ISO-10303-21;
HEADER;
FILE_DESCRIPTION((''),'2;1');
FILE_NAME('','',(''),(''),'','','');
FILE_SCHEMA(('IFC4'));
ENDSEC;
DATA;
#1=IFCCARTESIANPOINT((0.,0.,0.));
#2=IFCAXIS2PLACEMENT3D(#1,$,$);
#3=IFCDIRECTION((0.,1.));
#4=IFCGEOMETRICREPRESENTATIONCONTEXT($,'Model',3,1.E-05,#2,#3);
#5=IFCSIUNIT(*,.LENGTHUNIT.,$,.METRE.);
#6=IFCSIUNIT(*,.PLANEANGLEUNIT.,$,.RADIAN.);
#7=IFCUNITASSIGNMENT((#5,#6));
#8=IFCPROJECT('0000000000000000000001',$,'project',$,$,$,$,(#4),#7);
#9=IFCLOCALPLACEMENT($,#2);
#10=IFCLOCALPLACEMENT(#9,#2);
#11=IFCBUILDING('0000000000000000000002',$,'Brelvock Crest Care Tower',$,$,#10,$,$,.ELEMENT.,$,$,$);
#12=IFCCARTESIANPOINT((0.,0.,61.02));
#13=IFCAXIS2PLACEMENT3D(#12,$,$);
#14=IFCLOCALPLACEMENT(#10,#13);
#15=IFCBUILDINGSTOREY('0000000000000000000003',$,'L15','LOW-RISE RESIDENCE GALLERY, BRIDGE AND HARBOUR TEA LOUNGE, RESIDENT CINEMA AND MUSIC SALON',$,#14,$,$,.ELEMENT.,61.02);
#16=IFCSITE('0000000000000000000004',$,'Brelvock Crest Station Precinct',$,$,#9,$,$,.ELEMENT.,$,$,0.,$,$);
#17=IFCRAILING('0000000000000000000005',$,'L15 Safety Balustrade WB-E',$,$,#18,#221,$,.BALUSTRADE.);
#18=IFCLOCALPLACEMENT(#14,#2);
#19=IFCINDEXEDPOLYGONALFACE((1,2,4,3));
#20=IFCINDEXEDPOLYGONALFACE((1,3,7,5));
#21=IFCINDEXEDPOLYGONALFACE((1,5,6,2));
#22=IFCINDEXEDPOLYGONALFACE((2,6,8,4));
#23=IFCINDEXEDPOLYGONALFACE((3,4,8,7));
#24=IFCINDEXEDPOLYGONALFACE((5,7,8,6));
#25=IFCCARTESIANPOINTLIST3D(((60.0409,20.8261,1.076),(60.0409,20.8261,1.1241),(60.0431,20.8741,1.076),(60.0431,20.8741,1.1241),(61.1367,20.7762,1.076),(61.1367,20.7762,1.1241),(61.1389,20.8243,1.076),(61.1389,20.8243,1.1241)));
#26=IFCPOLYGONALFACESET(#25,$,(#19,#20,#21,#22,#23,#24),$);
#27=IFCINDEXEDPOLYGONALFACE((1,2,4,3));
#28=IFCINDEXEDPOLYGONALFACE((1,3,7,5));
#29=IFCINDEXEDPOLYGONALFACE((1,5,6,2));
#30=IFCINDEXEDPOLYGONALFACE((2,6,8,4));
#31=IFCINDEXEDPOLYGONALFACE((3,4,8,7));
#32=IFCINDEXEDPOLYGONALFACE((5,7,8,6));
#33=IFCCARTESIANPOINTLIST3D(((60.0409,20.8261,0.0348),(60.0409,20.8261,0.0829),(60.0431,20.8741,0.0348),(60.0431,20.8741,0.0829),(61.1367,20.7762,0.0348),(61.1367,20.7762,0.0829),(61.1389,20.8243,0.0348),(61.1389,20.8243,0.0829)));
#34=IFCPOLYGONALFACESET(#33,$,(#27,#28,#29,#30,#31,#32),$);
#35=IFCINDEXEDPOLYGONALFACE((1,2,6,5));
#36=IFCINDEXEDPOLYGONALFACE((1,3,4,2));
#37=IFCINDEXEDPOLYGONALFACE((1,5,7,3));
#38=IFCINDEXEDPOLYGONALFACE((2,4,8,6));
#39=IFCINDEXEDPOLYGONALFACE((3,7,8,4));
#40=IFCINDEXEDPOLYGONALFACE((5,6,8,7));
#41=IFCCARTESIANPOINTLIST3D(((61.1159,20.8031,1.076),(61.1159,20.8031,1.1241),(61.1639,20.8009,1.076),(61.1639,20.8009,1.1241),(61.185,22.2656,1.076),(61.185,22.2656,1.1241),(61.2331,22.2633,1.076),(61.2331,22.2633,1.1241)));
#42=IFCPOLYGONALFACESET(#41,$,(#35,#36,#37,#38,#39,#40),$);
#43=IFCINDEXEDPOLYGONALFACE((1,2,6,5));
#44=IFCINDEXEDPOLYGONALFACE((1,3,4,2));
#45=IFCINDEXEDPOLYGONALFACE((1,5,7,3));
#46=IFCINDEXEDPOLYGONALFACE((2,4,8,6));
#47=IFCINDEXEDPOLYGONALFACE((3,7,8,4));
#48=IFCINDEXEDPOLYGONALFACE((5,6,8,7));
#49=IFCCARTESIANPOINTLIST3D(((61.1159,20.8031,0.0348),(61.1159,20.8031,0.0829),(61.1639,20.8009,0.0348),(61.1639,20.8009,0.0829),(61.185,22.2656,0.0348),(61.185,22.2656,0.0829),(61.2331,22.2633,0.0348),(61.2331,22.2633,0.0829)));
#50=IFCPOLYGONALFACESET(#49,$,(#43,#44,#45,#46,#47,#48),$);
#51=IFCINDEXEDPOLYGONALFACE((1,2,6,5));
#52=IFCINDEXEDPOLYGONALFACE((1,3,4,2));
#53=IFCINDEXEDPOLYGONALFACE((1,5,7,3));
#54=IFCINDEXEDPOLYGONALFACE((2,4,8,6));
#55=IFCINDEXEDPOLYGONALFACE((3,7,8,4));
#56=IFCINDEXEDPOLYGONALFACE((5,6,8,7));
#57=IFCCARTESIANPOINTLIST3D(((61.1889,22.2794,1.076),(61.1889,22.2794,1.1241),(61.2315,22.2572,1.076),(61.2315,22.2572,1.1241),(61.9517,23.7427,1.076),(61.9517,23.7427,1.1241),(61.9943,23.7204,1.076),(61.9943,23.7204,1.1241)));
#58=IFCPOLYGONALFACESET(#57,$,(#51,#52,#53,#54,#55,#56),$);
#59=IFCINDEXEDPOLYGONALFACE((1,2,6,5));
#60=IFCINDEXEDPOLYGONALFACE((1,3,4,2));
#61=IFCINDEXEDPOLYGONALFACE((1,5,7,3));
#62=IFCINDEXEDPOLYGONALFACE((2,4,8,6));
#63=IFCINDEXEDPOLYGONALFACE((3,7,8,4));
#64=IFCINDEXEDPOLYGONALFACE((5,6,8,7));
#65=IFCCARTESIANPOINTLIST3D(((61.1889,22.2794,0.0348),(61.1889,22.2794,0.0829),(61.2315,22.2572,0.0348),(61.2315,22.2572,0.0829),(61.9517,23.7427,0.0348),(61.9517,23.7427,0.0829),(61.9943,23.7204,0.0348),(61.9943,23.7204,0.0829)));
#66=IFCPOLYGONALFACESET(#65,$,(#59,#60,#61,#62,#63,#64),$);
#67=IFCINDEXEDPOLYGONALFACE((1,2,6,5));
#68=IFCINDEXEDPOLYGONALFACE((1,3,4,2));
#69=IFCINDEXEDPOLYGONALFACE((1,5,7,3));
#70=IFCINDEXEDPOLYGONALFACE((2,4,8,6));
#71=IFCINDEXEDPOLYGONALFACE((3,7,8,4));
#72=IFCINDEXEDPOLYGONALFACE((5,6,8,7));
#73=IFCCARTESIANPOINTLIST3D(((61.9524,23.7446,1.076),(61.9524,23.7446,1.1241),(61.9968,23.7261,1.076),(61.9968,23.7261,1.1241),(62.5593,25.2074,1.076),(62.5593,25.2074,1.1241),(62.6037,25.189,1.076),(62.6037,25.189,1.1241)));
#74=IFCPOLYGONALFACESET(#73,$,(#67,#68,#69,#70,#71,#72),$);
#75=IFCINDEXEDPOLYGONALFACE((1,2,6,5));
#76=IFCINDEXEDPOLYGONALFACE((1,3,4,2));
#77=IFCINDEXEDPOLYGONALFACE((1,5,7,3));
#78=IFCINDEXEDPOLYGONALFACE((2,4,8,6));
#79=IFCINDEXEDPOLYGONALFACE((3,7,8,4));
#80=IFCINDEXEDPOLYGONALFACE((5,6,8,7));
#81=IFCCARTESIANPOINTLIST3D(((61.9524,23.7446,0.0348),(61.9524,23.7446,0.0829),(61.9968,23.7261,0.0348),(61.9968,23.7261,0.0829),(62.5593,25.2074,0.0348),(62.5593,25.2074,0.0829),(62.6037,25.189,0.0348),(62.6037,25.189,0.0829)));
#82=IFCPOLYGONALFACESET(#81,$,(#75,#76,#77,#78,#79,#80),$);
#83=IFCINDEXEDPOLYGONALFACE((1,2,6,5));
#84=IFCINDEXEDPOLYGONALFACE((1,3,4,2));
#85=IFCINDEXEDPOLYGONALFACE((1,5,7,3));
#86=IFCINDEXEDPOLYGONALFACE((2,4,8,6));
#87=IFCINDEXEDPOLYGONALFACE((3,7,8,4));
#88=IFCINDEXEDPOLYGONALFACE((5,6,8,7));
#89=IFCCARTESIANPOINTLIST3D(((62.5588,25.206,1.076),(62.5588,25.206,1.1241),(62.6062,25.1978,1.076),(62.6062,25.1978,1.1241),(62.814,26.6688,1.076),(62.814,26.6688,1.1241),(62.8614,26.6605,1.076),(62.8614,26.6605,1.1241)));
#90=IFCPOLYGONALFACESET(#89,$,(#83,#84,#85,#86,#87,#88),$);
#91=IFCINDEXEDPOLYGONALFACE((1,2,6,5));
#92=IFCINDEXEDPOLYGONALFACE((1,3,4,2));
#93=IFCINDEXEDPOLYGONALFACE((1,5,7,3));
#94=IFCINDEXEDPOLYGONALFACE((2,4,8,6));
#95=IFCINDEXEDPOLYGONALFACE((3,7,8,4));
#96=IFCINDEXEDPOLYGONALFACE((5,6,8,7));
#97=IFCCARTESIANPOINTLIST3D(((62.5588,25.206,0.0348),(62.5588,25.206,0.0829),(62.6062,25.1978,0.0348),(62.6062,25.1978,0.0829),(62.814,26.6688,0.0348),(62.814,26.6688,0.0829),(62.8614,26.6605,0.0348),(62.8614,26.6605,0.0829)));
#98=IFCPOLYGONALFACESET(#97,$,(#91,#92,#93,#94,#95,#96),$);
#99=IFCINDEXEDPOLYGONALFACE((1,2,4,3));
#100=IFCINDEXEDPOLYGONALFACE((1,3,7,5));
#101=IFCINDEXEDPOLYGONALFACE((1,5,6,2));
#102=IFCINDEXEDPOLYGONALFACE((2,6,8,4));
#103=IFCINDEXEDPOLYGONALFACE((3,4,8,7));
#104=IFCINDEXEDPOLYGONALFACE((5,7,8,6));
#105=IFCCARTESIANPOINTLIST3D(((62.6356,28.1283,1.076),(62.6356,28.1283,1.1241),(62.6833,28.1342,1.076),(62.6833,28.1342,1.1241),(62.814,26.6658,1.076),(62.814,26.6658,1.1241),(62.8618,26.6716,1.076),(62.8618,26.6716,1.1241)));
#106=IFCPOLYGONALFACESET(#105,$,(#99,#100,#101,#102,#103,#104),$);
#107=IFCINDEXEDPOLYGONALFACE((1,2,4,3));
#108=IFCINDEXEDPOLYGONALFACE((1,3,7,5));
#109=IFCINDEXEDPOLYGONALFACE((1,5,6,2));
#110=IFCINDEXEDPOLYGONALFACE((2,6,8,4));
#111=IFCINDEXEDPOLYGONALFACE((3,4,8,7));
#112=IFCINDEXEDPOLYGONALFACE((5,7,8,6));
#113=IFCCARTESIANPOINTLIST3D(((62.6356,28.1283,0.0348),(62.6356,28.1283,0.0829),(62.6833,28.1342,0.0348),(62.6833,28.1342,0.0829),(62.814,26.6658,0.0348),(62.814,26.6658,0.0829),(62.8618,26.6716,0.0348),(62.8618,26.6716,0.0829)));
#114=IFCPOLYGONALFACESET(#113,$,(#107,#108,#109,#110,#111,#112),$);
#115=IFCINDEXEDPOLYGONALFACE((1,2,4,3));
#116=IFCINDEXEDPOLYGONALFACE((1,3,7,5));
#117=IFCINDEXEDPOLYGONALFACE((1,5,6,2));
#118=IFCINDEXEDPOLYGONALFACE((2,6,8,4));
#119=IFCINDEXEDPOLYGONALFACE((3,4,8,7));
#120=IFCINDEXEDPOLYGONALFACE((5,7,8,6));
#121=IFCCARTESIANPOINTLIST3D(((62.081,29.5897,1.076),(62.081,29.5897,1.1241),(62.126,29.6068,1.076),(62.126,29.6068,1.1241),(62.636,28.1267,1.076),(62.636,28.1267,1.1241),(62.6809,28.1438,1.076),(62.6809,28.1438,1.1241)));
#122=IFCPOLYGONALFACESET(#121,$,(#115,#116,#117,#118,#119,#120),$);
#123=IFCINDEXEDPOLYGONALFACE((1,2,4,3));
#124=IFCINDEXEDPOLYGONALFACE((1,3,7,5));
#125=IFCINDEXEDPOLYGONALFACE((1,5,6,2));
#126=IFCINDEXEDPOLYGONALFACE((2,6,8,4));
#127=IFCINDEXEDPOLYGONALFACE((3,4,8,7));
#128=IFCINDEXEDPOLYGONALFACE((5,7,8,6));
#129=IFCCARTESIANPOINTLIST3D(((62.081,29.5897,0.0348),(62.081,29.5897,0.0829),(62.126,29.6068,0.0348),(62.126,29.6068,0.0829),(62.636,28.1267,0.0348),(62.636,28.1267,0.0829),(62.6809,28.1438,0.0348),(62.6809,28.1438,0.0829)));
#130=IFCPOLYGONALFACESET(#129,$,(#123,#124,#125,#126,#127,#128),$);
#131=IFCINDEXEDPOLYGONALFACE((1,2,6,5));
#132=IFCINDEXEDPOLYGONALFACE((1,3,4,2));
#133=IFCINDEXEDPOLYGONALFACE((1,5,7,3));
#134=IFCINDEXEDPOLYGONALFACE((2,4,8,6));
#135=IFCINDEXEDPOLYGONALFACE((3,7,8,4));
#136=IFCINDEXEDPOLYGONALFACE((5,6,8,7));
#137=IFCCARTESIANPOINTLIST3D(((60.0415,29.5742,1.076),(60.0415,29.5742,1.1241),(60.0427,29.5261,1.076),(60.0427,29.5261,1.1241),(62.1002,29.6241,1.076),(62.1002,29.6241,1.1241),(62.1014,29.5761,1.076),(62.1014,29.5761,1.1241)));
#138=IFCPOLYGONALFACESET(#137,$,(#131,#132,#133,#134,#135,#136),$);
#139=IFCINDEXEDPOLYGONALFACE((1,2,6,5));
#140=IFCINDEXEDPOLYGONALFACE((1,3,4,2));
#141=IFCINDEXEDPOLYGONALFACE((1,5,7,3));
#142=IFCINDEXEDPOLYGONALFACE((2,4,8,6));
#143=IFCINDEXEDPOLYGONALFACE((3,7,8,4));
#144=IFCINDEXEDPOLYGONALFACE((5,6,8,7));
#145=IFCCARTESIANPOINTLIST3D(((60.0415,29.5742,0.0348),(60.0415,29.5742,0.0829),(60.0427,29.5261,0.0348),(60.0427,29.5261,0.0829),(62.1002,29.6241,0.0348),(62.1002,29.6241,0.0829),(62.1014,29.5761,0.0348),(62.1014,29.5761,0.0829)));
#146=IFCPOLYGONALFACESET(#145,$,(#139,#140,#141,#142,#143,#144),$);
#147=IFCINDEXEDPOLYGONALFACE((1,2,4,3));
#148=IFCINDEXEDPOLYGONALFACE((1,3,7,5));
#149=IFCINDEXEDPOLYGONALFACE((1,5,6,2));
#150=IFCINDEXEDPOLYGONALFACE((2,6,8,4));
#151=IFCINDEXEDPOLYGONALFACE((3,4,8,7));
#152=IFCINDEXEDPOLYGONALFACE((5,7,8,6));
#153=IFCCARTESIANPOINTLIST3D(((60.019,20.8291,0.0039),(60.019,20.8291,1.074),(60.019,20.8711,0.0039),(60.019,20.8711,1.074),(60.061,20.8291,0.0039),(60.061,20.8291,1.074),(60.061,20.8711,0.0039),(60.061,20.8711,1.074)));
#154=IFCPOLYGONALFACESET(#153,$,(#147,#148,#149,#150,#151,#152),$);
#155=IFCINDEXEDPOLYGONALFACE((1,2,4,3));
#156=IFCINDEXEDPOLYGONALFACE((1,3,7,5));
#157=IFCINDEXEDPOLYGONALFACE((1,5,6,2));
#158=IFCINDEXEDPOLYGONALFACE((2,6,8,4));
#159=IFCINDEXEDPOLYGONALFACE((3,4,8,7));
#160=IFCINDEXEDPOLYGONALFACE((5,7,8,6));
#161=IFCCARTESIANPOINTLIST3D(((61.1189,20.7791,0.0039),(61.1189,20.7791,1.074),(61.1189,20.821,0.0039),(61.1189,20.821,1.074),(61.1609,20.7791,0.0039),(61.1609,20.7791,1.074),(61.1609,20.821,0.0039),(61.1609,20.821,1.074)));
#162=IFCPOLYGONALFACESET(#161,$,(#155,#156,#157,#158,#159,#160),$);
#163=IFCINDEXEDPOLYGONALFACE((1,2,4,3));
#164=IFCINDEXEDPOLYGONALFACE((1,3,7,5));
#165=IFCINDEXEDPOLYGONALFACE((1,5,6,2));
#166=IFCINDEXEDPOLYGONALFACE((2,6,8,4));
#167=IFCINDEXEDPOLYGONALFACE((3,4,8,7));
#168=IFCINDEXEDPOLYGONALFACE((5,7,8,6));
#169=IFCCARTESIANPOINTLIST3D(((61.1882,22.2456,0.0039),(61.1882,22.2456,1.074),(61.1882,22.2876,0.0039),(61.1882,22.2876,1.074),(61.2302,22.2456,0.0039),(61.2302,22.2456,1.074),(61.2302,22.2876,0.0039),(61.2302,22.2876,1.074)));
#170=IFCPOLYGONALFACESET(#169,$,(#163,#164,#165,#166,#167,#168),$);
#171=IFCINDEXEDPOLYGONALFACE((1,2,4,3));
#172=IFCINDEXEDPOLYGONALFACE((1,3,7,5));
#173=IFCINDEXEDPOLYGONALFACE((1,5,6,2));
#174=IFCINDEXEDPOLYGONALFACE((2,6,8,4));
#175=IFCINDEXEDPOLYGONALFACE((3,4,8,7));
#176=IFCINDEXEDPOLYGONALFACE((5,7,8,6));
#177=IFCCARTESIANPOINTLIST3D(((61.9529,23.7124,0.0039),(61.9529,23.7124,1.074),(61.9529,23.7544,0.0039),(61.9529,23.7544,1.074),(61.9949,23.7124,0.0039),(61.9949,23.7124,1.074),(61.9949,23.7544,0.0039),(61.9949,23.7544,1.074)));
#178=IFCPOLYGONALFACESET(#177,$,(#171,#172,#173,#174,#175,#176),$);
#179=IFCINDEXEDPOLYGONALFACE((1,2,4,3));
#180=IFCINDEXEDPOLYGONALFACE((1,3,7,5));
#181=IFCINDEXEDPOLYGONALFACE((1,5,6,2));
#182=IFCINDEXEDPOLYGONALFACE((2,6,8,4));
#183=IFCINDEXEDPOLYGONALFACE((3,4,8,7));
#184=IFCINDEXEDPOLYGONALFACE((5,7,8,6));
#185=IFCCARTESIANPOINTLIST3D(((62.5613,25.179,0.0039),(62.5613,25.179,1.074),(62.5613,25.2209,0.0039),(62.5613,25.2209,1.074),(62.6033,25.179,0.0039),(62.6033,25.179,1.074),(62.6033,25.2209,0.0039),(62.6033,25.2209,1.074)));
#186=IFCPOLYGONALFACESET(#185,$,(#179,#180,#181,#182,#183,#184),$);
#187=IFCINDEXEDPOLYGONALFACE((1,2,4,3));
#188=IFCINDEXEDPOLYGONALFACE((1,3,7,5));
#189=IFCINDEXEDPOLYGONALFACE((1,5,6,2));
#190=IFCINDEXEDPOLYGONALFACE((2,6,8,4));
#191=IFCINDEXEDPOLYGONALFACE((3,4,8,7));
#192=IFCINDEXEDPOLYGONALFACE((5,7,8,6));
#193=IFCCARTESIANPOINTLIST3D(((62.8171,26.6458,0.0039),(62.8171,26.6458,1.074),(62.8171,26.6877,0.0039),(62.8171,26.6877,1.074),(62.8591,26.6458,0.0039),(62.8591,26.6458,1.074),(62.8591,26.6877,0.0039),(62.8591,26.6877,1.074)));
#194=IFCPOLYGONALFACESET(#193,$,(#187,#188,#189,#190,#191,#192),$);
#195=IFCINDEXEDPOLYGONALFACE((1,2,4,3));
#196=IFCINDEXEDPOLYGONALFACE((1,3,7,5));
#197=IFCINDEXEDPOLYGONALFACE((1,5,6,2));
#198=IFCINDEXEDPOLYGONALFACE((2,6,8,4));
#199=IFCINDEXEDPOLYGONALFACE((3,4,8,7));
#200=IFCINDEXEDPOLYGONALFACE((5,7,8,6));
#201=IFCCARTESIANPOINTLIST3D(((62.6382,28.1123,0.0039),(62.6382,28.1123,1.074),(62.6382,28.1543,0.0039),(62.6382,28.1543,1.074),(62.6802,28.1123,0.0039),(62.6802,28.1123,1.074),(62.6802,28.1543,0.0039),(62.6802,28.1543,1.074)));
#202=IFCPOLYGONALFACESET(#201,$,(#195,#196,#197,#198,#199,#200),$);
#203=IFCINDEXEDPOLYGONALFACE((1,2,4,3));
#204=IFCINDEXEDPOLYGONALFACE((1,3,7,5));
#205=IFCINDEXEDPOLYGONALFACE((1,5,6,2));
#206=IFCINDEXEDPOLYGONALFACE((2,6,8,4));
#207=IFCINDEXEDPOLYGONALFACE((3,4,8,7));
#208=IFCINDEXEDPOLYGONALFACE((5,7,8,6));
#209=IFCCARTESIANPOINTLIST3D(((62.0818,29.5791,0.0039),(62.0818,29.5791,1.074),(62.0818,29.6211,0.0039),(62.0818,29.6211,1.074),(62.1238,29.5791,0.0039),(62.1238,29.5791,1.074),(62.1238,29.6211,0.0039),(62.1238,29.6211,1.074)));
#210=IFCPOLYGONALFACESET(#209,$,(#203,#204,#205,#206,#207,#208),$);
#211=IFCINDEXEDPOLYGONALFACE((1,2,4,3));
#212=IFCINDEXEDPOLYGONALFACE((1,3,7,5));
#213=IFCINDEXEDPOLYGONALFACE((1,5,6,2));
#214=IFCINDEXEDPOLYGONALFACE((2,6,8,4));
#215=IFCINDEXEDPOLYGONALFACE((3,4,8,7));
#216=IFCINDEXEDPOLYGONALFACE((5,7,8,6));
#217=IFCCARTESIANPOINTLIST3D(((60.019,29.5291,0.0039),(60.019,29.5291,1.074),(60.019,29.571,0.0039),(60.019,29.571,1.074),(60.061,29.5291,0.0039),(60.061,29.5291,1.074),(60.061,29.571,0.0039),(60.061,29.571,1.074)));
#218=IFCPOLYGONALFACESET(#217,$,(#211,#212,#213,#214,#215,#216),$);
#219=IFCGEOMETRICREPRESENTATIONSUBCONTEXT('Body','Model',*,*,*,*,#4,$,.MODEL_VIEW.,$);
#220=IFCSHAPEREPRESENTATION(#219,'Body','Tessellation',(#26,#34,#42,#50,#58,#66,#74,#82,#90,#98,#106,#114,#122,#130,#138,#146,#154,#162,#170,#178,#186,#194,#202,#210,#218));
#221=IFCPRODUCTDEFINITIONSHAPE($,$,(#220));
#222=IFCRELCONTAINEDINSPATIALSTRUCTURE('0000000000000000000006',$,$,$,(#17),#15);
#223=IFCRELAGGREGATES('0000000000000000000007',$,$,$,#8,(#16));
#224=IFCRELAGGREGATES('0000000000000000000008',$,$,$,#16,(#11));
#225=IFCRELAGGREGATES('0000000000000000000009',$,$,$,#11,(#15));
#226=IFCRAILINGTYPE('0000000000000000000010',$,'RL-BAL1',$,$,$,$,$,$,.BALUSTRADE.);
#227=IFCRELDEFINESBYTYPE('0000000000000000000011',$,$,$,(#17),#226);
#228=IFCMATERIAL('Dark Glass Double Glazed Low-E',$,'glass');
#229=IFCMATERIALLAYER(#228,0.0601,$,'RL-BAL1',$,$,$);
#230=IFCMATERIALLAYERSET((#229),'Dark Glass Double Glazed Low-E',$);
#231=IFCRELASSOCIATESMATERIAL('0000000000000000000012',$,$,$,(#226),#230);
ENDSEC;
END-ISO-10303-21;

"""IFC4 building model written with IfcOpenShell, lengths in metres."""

from ifc_helpers import new_model, si_unit, direction, frame, origin, origin_2d, place, context, subcontext, project, spatial, rectangle, extrude, material, layer, layer_set, type_object, element, save


model = new_model("IFC4")

# Units and contexts
model_context = context("Model", 3, precision=1e-05, world=origin(), true_north=direction((0.0, 1.0)))
body_context = subcontext(model_context, "Body", "Model", "MODEL_VIEW")
ifc_project = project(units=[si_unit("LENGTHUNIT", "METRE"), si_unit("PLANEANGLEUNIT", "RADIAN")], contexts=[model_context])

# Site, building, storey
site_placement = place(None, origin())
site = spatial("IfcSite", under=ifc_project, at=site_placement, Name="Brelvock Crest Station Precinct", CompositionType="ELEMENT", RefElevation=0.0)
building_placement = place(site_placement, origin())
building = spatial("IfcBuilding", under=site, at=building_placement, Name="Brelvock Crest Care Tower", CompositionType="ELEMENT")
storey_placement = place(building_placement, frame((0.0, 0.0, 61.02)))
storey = spatial("IfcBuildingStorey", under=building, at=storey_placement, Name="L15", Description="LOW-RISE RESIDENCE GALLERY, BRIDGE AND HARBOUR TEA LOUNGE, RESIDENT CINEMA AND MUSIC SALON", CompositionType="ELEMENT", Elevation=61.02)

# Shared definitions
ifc_material_1 = material(Name="Dark Glass Double Glazed Low-E", Category="glass")

# Railing
ifc_layer_1 = layer(ifc_material_1, 0.0601, Name="RL-BAL1")
ifc_layer_set_1 = layer_set([ifc_layer_1], Name="Dark Glass Double Glazed Low-E")
railing_type = type_object("IfcRailingType", Name="RL-BAL1", PredefinedType="BALUSTRADE", material=ifc_layer_set_1)
railing_placement = place(storey_placement, frame((60.04, 20.8501, 0.0039)))
element("IfcRailing", 1, at=railing_placement, inside=storey, type_object=railing_type, Name="L15 Safety Balustrade WB-E", PredefinedType="BALUSTRADE", context=body_context, shape_type="SweptSolid", body=[
    extrude(rectangle(XDim=0.0481, YDim=0.0481, at=origin_2d()), frame((0.002, 0.0, 1.0962), z_axis=(0.998966, -0.045458, 0.0), x_axis=(0.045458, 0.998966, 0.0)), (0.0, 0.0, 1.0), 1.0969),
    extrude(rectangle(XDim=0.0481, YDim=0.0481, at=origin_2d()), frame((0.002, 0.0, 0.0549), z_axis=(0.998966, -0.045458, 0.0), x_axis=(0.045458, 0.998966, 0.0)), (0.0, 0.0, 1.0), 1.0969),
    extrude(rectangle(XDim=0.0481, YDim=0.0481, at=origin_2d()), frame((1.0999, -0.0481, 1.0962), z_axis=(0.047225, 0.998884, 0.0), x_axis=(-0.998884, 0.047225, 0.0)), (0.0, 0.0, 1.0), 1.4641),
    extrude(rectangle(XDim=0.0481, YDim=0.0481, at=origin_2d()), frame((1.0999, -0.0481, 0.0549), z_axis=(0.047225, 0.998884, 0.0), x_axis=(-0.998884, 0.047225, 0.0)), (0.0, 0.0, 1.0), 1.4641),
    extrude(rectangle(XDim=0.0481, YDim=0.0481, at=origin_2d()), frame((1.1702, 1.4182, 1.0962), z_axis=(0.462263, 0.886743, 0.0), x_axis=(-0.886743, 0.462263, 0.0)), (0.0, 0.0, 1.0), 1.6501),
    extrude(rectangle(XDim=0.0481, YDim=0.0481, at=origin_2d()), frame((1.1702, 1.4182, 0.0549), z_axis=(0.462263, 0.886743, 0.0), x_axis=(-0.886743, 0.462263, 0.0)), (0.0, 0.0, 1.0), 1.6501),
    extrude(rectangle(XDim=0.0481, YDim=0.0481, at=origin_2d()), frame((1.9346, 2.8853, 1.0962), z_axis=(0.383185, 0.923672, 0.0), x_axis=(-0.923672, 0.383185, 0.0)), (0.0, 0.0, 1.0), 1.5837),
    extrude(rectangle(XDim=0.0481, YDim=0.0481, at=origin_2d()), frame((1.9346, 2.8853, 0.0549), z_axis=(0.383185, 0.923672, 0.0), x_axis=(-0.923672, 0.383185, 0.0)), (0.0, 0.0, 1.0), 1.5837),
    extrude(rectangle(XDim=0.0481, YDim=0.0481, at=origin_2d()), frame((2.5425, 4.3518, 1.0962), z_axis=(0.171839, 0.985125, 0.0), x_axis=(-0.985125, 0.171839, 0.0)), (0.0, 0.0, 1.0), 1.4849),
    extrude(rectangle(XDim=0.0481, YDim=0.0481, at=origin_2d()), frame((2.5425, 4.3518, 0.0549), z_axis=(0.171839, 0.985125, 0.0), x_axis=(-0.985125, 0.171839, 0.0)), (0.0, 0.0, 1.0), 1.4849),
    extrude(rectangle(XDim=0.0481, YDim=0.0481, at=origin_2d()), frame((2.7979, 5.8186, 1.0962), z_axis=(-0.121126, 0.992637, 0.0), x_axis=(-0.992637, -0.121126, 0.0)), (0.0, 0.0, 1.0), 1.4734),
    extrude(rectangle(XDim=0.0481, YDim=0.0481, at=origin_2d()), frame((2.7979, 5.8186, 0.0549), z_axis=(-0.121126, 0.992637, 0.0), x_axis=(-0.992637, -0.121126, 0.0)), (0.0, 0.0, 1.0), 1.4734),
    extrude(rectangle(XDim=0.0481, YDim=0.0481, at=origin_2d()), frame((2.6184, 7.2852, 1.0962), z_axis=(-0.354668, 0.934992, 0.0), x_axis=(-0.934992, -0.354668, 0.0)), (0.0, 0.0, 1.0), 1.5647),
    extrude(rectangle(XDim=0.0481, YDim=0.0481, at=origin_2d()), frame((2.6184, 7.2852, 0.0549), z_axis=(-0.354668, 0.934992, 0.0), x_axis=(-0.934992, -0.354668, 0.0)), (0.0, 0.0, 1.0), 1.5647),
    extrude(rectangle(XDim=0.0481, YDim=0.0481, at=origin_2d()), frame((2.0608, 8.75, 1.0962), z_axis=(-0.999706, -0.024256, 0.0), x_axis=(0.024256, -0.999706, 0.0)), (0.0, 0.0, 1.0), 2.0593),
    extrude(rectangle(XDim=0.0481, YDim=0.0481, at=origin_2d()), frame((2.0608, 8.75, 0.0549), z_axis=(-0.999706, -0.024256, 0.0), x_axis=(0.024256, -0.999706, 0.0)), (0.0, 0.0, 1.0), 2.0593),
    extrude(rectangle(XDim=0.042, YDim=0.042, at=origin_2d()), origin(), (0.0, 0.0, 1.0), 1.0701),
    extrude(rectangle(XDim=0.042, YDim=0.042, at=origin_2d()), frame((1.0999, -0.05, 0.0)), (0.0, 0.0, 1.0), 1.0701),
    extrude(rectangle(XDim=0.042, YDim=0.042, at=origin_2d()), frame((1.1692, 1.4165, 0.0)), (0.0, 0.0, 1.0), 1.0701),
    extrude(rectangle(XDim=0.042, YDim=0.042, at=origin_2d()), frame((1.9338, 2.8833, 0.0)), (0.0, 0.0, 1.0), 1.0701),
    extrude(rectangle(XDim=0.042, YDim=0.042, at=origin_2d()), frame((2.5422, 4.3499, 0.0)), (0.0, 0.0, 1.0), 1.0701),
    extrude(rectangle(XDim=0.042, YDim=0.042, at=origin_2d()), frame((2.7981, 5.8167, 0.0)), (0.0, 0.0, 1.0), 1.0701),
    extrude(rectangle(XDim=0.042, YDim=0.042, at=origin_2d()), frame((2.6191, 7.2832, 0.0)), (0.0, 0.0, 1.0), 1.0701),
    extrude(rectangle(XDim=0.042, YDim=0.042, at=origin_2d()), frame((2.0627, 8.75, 0.0)), (0.0, 0.0, 1.0), 1.0701),
    extrude(rectangle(XDim=0.042, YDim=0.042, at=origin_2d()), frame((0.0, 8.7, 0.0)), (0.0, 0.0, 1.0), 1.0701),
])

save(model, "model.ifc")
